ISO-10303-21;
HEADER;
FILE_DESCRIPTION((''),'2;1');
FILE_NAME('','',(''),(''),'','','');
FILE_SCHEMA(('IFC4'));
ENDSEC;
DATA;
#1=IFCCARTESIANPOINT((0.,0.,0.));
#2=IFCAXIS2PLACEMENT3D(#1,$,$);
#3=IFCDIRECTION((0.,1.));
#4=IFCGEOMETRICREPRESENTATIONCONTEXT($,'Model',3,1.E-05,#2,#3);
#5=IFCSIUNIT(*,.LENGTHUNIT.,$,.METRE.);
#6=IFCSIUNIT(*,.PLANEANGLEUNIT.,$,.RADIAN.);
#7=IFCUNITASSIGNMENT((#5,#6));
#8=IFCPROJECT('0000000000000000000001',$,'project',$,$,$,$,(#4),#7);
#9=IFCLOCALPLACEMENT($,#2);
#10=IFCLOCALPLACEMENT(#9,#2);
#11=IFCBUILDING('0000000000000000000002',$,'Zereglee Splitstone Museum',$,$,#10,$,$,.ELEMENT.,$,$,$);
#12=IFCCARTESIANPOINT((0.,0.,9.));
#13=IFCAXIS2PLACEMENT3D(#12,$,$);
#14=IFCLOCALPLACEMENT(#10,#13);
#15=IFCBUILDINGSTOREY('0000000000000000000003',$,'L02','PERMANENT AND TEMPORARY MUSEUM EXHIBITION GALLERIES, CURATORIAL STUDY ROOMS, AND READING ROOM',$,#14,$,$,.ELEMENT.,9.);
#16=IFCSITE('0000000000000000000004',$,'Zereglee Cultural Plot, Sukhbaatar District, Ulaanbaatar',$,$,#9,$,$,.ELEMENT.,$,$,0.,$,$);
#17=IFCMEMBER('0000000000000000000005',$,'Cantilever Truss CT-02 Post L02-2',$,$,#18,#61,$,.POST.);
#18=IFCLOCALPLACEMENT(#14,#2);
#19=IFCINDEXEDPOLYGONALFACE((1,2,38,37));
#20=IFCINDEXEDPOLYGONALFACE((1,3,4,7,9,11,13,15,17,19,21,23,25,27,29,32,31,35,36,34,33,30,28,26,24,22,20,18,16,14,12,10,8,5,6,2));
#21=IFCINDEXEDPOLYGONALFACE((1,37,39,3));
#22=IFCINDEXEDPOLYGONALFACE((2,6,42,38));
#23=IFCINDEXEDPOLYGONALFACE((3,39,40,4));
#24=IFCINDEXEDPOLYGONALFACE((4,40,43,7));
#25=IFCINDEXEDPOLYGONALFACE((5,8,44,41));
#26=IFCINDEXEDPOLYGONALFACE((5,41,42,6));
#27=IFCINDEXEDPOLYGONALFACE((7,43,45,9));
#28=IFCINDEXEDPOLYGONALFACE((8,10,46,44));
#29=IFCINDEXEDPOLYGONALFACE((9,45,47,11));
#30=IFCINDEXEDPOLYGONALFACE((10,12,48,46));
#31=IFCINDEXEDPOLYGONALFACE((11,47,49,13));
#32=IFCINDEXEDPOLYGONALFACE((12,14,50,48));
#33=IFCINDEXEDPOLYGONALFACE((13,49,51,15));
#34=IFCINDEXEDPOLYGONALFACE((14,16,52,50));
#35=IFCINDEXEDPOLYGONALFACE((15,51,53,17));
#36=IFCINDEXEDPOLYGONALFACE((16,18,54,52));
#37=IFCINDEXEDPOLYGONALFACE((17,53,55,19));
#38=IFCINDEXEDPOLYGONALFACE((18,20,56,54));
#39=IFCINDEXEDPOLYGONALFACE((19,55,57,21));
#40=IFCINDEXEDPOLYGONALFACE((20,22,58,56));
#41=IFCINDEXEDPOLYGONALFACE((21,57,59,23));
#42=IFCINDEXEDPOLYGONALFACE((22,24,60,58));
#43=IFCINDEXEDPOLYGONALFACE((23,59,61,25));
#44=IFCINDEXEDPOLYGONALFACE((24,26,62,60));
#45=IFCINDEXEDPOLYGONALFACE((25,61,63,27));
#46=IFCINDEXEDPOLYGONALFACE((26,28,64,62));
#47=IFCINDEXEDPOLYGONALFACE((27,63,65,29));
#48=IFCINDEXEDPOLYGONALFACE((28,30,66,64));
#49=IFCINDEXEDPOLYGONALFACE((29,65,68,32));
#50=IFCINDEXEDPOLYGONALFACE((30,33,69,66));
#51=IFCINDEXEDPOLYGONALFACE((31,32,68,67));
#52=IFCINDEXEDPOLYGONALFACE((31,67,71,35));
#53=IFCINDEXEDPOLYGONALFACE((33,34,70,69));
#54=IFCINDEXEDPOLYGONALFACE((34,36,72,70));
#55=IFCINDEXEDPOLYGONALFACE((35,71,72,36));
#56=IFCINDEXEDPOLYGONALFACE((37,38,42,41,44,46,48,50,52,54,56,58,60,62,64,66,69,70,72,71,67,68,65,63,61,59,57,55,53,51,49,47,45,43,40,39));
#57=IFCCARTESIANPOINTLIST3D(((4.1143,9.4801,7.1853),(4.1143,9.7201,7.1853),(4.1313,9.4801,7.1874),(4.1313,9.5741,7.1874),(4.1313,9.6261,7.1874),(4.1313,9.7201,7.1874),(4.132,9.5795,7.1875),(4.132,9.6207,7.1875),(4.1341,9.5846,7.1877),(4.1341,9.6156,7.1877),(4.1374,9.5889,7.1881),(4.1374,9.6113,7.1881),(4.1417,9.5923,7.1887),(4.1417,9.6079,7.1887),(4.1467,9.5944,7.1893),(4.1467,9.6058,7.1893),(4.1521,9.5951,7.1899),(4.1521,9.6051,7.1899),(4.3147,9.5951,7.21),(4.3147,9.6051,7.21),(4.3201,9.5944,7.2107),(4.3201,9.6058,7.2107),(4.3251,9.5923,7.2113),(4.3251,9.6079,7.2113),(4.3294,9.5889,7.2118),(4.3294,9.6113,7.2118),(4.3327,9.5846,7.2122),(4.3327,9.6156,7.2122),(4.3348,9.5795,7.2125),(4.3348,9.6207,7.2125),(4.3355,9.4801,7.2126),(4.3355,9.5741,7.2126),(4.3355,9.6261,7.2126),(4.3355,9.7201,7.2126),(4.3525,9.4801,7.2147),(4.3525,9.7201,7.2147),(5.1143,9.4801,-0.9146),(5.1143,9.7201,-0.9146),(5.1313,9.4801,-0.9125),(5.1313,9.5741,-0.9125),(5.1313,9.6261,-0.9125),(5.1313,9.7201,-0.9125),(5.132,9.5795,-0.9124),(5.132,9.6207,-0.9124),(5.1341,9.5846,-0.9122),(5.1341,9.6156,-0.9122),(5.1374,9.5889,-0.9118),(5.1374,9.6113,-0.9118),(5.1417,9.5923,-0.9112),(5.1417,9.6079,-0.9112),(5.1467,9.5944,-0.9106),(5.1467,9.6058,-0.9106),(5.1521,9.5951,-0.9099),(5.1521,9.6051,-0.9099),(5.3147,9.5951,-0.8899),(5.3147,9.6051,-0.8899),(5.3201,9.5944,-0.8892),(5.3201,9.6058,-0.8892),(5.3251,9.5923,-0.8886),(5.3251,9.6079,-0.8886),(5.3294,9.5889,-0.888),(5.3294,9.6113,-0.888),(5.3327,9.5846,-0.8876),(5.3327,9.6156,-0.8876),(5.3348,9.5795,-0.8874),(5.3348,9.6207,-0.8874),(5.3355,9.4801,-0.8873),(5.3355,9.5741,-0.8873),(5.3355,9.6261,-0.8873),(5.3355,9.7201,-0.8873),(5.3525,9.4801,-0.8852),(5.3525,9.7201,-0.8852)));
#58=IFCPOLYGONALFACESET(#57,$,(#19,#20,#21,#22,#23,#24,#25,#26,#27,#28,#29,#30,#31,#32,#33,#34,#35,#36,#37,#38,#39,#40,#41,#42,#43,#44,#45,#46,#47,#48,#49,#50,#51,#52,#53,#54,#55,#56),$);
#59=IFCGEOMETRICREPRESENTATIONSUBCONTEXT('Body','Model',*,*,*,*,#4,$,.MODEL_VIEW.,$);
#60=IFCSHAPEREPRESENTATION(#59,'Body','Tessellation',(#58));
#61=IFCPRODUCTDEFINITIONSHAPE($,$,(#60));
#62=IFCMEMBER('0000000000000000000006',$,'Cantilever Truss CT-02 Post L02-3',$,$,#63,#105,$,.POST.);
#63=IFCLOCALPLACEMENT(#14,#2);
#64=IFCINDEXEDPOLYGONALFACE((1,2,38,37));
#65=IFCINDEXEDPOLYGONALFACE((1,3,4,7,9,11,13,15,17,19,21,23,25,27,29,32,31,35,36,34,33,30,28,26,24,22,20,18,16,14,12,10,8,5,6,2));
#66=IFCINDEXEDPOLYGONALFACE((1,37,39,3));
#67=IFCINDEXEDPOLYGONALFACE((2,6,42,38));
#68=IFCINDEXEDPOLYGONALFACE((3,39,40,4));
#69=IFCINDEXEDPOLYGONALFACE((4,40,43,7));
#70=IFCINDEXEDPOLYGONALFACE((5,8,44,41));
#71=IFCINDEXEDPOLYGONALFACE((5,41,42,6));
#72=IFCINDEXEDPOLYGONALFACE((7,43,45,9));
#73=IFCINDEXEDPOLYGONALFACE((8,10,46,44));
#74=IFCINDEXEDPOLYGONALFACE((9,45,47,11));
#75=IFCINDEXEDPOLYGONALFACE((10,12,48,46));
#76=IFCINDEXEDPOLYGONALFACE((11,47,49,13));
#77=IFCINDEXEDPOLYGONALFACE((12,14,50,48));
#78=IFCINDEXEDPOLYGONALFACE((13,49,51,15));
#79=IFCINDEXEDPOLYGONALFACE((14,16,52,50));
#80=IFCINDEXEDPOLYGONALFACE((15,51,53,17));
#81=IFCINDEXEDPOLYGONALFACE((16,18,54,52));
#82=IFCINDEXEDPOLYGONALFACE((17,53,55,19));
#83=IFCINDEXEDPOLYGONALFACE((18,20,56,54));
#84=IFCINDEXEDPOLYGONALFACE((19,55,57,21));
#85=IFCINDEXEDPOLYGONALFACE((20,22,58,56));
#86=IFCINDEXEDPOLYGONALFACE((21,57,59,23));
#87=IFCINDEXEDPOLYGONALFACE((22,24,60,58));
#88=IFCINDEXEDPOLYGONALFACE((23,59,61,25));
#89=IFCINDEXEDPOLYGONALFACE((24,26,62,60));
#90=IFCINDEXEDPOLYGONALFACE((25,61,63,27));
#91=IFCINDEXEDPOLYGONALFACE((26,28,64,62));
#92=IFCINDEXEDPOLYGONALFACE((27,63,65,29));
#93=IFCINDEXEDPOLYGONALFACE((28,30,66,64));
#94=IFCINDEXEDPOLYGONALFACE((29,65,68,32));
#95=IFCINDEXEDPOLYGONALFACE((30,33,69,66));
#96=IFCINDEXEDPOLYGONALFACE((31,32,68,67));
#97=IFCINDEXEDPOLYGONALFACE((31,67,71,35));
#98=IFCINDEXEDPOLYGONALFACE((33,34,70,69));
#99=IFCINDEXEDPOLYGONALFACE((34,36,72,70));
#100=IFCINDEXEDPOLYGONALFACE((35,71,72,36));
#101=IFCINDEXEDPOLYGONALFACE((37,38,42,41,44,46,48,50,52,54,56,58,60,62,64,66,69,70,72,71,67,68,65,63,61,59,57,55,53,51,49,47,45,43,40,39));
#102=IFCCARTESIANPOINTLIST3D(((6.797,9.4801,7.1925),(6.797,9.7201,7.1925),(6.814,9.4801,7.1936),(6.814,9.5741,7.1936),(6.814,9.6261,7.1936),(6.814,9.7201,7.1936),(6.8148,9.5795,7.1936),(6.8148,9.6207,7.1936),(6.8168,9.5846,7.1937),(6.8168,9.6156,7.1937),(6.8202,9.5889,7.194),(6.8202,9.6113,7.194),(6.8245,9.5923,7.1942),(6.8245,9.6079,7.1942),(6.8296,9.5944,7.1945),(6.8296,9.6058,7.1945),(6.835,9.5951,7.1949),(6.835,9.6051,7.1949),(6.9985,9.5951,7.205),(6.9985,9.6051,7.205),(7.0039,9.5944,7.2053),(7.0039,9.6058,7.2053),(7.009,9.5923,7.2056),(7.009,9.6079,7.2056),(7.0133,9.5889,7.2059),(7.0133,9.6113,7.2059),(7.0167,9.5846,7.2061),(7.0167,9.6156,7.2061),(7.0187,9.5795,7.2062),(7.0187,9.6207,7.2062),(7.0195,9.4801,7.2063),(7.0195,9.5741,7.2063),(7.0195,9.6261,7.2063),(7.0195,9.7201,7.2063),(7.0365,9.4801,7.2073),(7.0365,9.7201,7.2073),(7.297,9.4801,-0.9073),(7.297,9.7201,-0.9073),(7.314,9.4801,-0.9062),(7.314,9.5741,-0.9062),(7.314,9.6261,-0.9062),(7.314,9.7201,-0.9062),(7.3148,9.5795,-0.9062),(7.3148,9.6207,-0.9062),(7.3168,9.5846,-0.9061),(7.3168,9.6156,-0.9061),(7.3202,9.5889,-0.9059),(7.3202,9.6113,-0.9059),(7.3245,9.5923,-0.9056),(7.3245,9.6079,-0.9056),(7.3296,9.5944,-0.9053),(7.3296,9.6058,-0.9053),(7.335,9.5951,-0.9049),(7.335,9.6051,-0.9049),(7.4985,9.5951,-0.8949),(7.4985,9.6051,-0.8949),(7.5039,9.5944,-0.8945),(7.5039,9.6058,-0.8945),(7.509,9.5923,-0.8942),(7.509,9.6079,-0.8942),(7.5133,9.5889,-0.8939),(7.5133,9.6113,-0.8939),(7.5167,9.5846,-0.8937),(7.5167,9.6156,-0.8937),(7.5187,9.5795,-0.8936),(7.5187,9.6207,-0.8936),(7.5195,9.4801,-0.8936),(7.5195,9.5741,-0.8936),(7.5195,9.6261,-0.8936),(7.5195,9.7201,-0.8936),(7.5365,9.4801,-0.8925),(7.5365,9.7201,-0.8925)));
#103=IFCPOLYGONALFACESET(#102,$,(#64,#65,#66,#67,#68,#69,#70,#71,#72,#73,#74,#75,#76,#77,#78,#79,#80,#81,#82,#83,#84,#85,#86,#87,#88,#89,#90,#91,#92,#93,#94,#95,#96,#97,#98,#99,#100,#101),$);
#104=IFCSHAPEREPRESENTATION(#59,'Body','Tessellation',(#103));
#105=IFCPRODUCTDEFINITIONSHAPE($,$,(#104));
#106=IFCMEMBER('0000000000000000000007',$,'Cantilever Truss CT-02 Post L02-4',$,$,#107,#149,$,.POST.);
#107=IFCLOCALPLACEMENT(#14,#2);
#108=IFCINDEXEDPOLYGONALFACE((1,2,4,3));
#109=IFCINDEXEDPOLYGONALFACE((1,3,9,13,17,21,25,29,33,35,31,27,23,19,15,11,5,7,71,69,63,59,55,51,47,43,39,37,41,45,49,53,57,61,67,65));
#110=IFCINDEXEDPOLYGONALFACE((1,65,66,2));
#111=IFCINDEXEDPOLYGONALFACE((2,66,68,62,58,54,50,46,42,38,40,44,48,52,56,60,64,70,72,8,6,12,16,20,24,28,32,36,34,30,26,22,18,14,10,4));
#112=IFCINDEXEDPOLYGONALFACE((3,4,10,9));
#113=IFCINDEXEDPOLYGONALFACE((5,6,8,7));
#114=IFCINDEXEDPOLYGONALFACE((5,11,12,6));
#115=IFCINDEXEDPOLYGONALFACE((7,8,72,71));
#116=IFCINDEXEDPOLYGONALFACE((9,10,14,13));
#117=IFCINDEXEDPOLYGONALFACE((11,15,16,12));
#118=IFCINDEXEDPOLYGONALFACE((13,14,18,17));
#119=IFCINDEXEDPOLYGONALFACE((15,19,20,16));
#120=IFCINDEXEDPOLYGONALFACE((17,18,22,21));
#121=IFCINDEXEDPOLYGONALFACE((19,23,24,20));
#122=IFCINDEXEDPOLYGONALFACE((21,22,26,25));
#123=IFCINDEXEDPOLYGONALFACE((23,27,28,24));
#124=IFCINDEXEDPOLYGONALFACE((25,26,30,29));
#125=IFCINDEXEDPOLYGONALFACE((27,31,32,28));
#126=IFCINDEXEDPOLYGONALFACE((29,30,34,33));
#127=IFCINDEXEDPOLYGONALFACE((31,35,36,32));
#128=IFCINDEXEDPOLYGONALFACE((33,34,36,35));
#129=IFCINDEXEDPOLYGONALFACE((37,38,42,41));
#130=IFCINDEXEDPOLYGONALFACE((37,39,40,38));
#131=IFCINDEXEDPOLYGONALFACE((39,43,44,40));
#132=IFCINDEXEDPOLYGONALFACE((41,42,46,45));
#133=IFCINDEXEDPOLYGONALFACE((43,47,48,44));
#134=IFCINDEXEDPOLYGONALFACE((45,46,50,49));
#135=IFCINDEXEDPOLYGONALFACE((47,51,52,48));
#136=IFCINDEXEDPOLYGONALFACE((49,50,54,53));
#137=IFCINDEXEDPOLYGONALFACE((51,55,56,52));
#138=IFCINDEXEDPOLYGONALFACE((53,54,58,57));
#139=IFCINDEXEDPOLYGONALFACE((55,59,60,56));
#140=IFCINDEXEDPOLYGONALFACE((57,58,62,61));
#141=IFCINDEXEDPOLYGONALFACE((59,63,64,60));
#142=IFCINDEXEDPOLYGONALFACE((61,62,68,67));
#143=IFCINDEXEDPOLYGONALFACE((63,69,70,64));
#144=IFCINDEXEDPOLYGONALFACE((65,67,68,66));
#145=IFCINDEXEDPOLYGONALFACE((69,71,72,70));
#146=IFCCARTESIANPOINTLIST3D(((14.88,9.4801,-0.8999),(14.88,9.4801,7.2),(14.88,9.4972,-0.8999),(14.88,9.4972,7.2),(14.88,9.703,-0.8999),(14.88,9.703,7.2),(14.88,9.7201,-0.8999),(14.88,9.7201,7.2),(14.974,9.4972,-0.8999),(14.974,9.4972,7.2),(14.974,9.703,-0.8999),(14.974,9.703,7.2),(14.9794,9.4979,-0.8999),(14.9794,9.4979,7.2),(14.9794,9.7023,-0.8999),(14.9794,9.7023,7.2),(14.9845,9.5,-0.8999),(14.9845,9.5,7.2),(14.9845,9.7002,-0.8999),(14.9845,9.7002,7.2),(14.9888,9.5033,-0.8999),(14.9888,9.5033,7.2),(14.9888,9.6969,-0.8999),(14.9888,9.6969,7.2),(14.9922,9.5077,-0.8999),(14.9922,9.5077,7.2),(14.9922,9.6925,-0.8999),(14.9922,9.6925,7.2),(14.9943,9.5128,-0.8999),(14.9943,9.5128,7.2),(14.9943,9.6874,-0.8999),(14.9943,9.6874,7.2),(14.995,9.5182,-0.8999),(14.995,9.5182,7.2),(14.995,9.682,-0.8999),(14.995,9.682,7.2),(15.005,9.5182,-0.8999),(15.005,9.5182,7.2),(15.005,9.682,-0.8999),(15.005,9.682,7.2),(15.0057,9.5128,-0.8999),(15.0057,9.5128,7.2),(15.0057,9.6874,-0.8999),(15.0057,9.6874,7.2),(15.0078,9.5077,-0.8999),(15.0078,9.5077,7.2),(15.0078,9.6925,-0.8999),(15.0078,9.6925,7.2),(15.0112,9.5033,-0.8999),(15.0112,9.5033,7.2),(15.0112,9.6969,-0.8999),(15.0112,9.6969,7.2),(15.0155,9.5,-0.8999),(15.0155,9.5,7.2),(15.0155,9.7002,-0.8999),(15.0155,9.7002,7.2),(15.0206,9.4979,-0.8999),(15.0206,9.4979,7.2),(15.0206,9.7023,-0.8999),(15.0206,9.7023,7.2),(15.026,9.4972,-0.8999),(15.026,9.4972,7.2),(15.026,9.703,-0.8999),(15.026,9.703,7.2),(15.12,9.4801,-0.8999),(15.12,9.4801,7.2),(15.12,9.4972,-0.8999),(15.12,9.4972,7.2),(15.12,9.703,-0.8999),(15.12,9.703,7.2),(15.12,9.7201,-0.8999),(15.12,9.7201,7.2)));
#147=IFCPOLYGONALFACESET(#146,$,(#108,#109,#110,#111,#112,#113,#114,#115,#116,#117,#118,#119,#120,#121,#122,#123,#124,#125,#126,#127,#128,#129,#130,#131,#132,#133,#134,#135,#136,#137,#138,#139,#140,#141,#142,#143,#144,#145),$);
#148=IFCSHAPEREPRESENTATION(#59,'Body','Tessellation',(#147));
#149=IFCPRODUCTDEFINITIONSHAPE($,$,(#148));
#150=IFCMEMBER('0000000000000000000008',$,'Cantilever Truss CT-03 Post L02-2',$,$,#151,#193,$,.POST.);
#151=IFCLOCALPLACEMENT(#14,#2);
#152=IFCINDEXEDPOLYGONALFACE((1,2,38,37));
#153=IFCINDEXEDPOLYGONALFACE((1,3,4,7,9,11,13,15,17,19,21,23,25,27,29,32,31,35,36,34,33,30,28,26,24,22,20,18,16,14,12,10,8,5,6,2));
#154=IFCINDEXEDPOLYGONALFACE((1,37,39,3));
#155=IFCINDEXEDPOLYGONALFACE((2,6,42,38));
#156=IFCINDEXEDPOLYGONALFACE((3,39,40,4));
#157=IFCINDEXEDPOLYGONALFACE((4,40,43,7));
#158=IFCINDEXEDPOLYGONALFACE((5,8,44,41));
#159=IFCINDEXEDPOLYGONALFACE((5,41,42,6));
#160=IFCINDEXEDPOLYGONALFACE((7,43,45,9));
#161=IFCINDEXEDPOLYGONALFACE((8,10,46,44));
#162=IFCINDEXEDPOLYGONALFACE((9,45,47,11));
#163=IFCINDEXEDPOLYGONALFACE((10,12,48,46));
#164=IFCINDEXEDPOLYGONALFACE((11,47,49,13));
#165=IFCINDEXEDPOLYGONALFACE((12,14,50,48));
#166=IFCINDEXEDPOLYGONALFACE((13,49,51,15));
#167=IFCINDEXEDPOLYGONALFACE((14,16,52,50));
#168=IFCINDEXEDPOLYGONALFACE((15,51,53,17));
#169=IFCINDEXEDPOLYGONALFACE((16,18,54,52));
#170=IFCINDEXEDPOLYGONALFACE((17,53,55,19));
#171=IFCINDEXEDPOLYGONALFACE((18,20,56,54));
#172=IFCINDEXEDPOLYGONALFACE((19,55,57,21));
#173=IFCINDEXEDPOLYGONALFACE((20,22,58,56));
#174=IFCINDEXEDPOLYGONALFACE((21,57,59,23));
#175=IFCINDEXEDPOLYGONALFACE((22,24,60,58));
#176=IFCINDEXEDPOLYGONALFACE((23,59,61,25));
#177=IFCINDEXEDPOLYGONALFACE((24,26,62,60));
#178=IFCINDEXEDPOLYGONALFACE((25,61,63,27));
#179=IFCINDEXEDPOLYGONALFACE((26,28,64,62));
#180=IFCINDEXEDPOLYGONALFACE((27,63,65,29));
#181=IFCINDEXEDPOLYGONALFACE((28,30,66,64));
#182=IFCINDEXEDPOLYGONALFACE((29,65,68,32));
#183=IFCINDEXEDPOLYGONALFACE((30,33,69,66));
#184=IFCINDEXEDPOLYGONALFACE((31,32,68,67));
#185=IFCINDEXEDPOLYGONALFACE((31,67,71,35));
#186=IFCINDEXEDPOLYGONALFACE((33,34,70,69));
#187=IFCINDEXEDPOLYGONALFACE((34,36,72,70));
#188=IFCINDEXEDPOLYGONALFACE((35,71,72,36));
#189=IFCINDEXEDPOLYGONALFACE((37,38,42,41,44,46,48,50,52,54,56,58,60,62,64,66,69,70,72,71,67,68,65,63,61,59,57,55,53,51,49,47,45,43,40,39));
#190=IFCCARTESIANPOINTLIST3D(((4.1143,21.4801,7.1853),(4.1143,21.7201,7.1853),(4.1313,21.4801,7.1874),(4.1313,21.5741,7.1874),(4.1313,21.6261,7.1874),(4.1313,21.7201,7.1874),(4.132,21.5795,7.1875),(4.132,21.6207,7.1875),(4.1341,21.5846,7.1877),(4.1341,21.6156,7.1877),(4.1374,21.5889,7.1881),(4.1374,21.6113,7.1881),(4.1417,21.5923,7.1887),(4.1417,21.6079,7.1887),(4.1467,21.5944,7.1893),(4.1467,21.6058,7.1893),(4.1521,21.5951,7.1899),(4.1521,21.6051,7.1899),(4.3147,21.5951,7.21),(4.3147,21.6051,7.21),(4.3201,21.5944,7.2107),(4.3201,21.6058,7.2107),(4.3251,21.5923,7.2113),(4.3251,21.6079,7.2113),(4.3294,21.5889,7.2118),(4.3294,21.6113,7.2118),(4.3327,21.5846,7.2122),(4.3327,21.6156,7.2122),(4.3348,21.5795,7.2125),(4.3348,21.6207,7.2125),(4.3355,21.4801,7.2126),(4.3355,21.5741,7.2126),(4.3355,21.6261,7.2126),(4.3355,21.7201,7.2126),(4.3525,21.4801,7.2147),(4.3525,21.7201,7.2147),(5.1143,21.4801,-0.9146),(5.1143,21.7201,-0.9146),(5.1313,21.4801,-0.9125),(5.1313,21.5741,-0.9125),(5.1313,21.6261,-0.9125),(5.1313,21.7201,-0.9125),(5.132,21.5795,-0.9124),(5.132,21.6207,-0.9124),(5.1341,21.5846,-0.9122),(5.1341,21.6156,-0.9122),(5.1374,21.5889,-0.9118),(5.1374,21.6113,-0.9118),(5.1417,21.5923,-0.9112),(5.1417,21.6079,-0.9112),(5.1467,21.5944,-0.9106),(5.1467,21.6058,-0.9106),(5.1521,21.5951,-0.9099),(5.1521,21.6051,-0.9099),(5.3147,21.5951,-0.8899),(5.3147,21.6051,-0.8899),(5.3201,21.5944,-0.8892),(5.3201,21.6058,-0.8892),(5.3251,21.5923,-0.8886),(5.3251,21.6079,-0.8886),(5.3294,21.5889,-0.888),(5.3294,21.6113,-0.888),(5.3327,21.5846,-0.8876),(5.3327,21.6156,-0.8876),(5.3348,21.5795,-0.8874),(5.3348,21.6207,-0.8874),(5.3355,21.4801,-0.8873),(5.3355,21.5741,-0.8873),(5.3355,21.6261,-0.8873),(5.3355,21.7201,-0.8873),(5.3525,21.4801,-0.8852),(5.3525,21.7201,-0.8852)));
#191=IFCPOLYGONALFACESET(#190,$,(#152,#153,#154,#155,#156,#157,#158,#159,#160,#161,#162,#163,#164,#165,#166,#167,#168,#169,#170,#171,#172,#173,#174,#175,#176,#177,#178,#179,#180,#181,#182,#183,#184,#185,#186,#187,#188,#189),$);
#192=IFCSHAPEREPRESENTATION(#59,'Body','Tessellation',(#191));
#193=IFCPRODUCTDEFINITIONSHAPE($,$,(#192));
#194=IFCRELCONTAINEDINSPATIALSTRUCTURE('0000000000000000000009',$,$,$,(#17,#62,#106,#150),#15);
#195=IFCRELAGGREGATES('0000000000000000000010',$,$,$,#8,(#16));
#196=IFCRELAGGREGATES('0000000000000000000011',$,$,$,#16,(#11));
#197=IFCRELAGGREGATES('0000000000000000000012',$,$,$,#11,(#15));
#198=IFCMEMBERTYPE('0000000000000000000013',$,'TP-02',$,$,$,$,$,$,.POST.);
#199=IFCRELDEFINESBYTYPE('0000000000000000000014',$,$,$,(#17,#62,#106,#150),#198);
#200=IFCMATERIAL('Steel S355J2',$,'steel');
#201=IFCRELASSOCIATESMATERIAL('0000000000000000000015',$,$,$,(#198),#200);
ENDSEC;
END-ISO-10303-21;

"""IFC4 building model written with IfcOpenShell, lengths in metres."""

from ifc_helpers import new_model, si_unit, direction, frame, origin, origin_2d, place, context, subcontext, project, spatial, i_section, extrude, material, material_profile, profile_set, type_object, element, save


model = new_model("IFC4")

# Units and contexts
model_context = context("Model", 3, precision=1e-05, world=origin(), true_north=direction((0.0, 1.0)))
body_context = subcontext(model_context, "Body", "Model", "MODEL_VIEW")
ifc_project = project(units=[si_unit("LENGTHUNIT", "METRE"), si_unit("PLANEANGLEUNIT", "RADIAN")], contexts=[model_context])

# Site, building, storey
site_placement = place(None, origin())
site = spatial("IfcSite", under=ifc_project, at=site_placement, Name="Zereglee Cultural Plot, Sukhbaatar District, Ulaanbaatar", CompositionType="ELEMENT", RefElevation=0.0)
building_placement = place(site_placement, origin())
building = spatial("IfcBuilding", under=site, at=building_placement, Name="Zereglee Splitstone Museum", CompositionType="ELEMENT")
storey_placement = place(building_placement, frame((0.0, 0.0, 9.0)))
storey = spatial("IfcBuildingStorey", under=building, at=storey_placement, Name="L02", Description="PERMANENT AND TEMPORARY MUSEUM EXHIBITION GALLERIES, CURATORIAL STUDY ROOMS, AND READING ROOM", CompositionType="ELEMENT", Elevation=9.0)

# Shared definitions
ifc_material_1 = material(Name="Steel S355J2", Category="steel")

# Members
ifc_material_profile_1 = material_profile(ifc_material_1, i_section(OverallWidth=0.24, OverallDepth=0.24, WebThickness=0.01, FlangeThickness=0.0171, FilletRadius=0.021, at=origin_2d()), Name="HE 240 B")
ifc_profile_set_1 = profile_set([ifc_material_profile_1], Name="Steel S355J2")
member_type_1 = type_object("IfcMemberType", Name="TP-02", PredefinedType="POST", material=ifc_profile_set_1)
member_1_placement = place(storey_placement, frame((5.2334, 9.6001, -0.8999), z_axis=(-0.122529, 0.0, 0.992465), x_axis=(0.0, -1.0, 0.0)))
element("IfcMember", 1, at=member_1_placement, inside=storey, type_object=member_type_1, Name="Cantilever Truss CT-02 Post L02-2", PredefinedType="POST", context=body_context, shape_type="SweptSolid", body=[
    extrude(i_section(OverallWidth=0.24, OverallDepth=0.24, WebThickness=0.01, FlangeThickness=0.0171, FilletRadius=0.021, at=origin_2d()), origin(), (0.0, 0.0, 1.0), 8.1614),
])
member_2_placement = place(storey_placement, frame((7.4167, 9.6001, -0.8999), z_axis=(-0.061612, 0.0, 0.9981), x_axis=(0.0, -1.0, 0.0)))
element("IfcMember", 2, at=member_2_placement, inside=storey, type_object=member_type_1, Name="Cantilever Truss CT-02 Post L02-3", PredefinedType="POST", context=body_context, shape_type="SweptSolid", body=[
    extrude(i_section(OverallWidth=0.24, OverallDepth=0.24, WebThickness=0.01, FlangeThickness=0.0171, FilletRadius=0.021, at=origin_2d()), origin(), (0.0, 0.0, 1.0), 8.1152),
])
member_3_placement = place(storey_placement, frame((15.0, 9.6001, -0.8999), z_axis=(0.0, 0.0, 1.0), x_axis=(1.0, 0.0, 0.0)))
element("IfcMember", 3, at=member_3_placement, inside=storey, type_object=member_type_1, Name="Cantilever Truss CT-02 Post L02-4", PredefinedType="POST", context=body_context, shape_type="SweptSolid", body=[
    extrude(i_section(OverallWidth=0.24, OverallDepth=0.24, WebThickness=0.01, FlangeThickness=0.0171, FilletRadius=0.021, at=origin_2d()), origin(), (0.0, 0.0, 1.0), 8.0999),
])
member_4_placement = place(storey_placement, frame((5.2334, 21.6001, -0.8999), z_axis=(-0.122529, 0.0, 0.992465), x_axis=(0.0, -1.0, 0.0)))
element("IfcMember", 4, at=member_4_placement, inside=storey, type_object=member_type_1, Name="Cantilever Truss CT-03 Post L02-2", PredefinedType="POST", context=body_context, shape_type="SweptSolid", body=[
    extrude(i_section(OverallWidth=0.24, OverallDepth=0.24, WebThickness=0.01, FlangeThickness=0.0171, FilletRadius=0.021, at=origin_2d()), origin(), (0.0, 0.0, 1.0), 8.1614),
])

save(model, "model.ifc")
